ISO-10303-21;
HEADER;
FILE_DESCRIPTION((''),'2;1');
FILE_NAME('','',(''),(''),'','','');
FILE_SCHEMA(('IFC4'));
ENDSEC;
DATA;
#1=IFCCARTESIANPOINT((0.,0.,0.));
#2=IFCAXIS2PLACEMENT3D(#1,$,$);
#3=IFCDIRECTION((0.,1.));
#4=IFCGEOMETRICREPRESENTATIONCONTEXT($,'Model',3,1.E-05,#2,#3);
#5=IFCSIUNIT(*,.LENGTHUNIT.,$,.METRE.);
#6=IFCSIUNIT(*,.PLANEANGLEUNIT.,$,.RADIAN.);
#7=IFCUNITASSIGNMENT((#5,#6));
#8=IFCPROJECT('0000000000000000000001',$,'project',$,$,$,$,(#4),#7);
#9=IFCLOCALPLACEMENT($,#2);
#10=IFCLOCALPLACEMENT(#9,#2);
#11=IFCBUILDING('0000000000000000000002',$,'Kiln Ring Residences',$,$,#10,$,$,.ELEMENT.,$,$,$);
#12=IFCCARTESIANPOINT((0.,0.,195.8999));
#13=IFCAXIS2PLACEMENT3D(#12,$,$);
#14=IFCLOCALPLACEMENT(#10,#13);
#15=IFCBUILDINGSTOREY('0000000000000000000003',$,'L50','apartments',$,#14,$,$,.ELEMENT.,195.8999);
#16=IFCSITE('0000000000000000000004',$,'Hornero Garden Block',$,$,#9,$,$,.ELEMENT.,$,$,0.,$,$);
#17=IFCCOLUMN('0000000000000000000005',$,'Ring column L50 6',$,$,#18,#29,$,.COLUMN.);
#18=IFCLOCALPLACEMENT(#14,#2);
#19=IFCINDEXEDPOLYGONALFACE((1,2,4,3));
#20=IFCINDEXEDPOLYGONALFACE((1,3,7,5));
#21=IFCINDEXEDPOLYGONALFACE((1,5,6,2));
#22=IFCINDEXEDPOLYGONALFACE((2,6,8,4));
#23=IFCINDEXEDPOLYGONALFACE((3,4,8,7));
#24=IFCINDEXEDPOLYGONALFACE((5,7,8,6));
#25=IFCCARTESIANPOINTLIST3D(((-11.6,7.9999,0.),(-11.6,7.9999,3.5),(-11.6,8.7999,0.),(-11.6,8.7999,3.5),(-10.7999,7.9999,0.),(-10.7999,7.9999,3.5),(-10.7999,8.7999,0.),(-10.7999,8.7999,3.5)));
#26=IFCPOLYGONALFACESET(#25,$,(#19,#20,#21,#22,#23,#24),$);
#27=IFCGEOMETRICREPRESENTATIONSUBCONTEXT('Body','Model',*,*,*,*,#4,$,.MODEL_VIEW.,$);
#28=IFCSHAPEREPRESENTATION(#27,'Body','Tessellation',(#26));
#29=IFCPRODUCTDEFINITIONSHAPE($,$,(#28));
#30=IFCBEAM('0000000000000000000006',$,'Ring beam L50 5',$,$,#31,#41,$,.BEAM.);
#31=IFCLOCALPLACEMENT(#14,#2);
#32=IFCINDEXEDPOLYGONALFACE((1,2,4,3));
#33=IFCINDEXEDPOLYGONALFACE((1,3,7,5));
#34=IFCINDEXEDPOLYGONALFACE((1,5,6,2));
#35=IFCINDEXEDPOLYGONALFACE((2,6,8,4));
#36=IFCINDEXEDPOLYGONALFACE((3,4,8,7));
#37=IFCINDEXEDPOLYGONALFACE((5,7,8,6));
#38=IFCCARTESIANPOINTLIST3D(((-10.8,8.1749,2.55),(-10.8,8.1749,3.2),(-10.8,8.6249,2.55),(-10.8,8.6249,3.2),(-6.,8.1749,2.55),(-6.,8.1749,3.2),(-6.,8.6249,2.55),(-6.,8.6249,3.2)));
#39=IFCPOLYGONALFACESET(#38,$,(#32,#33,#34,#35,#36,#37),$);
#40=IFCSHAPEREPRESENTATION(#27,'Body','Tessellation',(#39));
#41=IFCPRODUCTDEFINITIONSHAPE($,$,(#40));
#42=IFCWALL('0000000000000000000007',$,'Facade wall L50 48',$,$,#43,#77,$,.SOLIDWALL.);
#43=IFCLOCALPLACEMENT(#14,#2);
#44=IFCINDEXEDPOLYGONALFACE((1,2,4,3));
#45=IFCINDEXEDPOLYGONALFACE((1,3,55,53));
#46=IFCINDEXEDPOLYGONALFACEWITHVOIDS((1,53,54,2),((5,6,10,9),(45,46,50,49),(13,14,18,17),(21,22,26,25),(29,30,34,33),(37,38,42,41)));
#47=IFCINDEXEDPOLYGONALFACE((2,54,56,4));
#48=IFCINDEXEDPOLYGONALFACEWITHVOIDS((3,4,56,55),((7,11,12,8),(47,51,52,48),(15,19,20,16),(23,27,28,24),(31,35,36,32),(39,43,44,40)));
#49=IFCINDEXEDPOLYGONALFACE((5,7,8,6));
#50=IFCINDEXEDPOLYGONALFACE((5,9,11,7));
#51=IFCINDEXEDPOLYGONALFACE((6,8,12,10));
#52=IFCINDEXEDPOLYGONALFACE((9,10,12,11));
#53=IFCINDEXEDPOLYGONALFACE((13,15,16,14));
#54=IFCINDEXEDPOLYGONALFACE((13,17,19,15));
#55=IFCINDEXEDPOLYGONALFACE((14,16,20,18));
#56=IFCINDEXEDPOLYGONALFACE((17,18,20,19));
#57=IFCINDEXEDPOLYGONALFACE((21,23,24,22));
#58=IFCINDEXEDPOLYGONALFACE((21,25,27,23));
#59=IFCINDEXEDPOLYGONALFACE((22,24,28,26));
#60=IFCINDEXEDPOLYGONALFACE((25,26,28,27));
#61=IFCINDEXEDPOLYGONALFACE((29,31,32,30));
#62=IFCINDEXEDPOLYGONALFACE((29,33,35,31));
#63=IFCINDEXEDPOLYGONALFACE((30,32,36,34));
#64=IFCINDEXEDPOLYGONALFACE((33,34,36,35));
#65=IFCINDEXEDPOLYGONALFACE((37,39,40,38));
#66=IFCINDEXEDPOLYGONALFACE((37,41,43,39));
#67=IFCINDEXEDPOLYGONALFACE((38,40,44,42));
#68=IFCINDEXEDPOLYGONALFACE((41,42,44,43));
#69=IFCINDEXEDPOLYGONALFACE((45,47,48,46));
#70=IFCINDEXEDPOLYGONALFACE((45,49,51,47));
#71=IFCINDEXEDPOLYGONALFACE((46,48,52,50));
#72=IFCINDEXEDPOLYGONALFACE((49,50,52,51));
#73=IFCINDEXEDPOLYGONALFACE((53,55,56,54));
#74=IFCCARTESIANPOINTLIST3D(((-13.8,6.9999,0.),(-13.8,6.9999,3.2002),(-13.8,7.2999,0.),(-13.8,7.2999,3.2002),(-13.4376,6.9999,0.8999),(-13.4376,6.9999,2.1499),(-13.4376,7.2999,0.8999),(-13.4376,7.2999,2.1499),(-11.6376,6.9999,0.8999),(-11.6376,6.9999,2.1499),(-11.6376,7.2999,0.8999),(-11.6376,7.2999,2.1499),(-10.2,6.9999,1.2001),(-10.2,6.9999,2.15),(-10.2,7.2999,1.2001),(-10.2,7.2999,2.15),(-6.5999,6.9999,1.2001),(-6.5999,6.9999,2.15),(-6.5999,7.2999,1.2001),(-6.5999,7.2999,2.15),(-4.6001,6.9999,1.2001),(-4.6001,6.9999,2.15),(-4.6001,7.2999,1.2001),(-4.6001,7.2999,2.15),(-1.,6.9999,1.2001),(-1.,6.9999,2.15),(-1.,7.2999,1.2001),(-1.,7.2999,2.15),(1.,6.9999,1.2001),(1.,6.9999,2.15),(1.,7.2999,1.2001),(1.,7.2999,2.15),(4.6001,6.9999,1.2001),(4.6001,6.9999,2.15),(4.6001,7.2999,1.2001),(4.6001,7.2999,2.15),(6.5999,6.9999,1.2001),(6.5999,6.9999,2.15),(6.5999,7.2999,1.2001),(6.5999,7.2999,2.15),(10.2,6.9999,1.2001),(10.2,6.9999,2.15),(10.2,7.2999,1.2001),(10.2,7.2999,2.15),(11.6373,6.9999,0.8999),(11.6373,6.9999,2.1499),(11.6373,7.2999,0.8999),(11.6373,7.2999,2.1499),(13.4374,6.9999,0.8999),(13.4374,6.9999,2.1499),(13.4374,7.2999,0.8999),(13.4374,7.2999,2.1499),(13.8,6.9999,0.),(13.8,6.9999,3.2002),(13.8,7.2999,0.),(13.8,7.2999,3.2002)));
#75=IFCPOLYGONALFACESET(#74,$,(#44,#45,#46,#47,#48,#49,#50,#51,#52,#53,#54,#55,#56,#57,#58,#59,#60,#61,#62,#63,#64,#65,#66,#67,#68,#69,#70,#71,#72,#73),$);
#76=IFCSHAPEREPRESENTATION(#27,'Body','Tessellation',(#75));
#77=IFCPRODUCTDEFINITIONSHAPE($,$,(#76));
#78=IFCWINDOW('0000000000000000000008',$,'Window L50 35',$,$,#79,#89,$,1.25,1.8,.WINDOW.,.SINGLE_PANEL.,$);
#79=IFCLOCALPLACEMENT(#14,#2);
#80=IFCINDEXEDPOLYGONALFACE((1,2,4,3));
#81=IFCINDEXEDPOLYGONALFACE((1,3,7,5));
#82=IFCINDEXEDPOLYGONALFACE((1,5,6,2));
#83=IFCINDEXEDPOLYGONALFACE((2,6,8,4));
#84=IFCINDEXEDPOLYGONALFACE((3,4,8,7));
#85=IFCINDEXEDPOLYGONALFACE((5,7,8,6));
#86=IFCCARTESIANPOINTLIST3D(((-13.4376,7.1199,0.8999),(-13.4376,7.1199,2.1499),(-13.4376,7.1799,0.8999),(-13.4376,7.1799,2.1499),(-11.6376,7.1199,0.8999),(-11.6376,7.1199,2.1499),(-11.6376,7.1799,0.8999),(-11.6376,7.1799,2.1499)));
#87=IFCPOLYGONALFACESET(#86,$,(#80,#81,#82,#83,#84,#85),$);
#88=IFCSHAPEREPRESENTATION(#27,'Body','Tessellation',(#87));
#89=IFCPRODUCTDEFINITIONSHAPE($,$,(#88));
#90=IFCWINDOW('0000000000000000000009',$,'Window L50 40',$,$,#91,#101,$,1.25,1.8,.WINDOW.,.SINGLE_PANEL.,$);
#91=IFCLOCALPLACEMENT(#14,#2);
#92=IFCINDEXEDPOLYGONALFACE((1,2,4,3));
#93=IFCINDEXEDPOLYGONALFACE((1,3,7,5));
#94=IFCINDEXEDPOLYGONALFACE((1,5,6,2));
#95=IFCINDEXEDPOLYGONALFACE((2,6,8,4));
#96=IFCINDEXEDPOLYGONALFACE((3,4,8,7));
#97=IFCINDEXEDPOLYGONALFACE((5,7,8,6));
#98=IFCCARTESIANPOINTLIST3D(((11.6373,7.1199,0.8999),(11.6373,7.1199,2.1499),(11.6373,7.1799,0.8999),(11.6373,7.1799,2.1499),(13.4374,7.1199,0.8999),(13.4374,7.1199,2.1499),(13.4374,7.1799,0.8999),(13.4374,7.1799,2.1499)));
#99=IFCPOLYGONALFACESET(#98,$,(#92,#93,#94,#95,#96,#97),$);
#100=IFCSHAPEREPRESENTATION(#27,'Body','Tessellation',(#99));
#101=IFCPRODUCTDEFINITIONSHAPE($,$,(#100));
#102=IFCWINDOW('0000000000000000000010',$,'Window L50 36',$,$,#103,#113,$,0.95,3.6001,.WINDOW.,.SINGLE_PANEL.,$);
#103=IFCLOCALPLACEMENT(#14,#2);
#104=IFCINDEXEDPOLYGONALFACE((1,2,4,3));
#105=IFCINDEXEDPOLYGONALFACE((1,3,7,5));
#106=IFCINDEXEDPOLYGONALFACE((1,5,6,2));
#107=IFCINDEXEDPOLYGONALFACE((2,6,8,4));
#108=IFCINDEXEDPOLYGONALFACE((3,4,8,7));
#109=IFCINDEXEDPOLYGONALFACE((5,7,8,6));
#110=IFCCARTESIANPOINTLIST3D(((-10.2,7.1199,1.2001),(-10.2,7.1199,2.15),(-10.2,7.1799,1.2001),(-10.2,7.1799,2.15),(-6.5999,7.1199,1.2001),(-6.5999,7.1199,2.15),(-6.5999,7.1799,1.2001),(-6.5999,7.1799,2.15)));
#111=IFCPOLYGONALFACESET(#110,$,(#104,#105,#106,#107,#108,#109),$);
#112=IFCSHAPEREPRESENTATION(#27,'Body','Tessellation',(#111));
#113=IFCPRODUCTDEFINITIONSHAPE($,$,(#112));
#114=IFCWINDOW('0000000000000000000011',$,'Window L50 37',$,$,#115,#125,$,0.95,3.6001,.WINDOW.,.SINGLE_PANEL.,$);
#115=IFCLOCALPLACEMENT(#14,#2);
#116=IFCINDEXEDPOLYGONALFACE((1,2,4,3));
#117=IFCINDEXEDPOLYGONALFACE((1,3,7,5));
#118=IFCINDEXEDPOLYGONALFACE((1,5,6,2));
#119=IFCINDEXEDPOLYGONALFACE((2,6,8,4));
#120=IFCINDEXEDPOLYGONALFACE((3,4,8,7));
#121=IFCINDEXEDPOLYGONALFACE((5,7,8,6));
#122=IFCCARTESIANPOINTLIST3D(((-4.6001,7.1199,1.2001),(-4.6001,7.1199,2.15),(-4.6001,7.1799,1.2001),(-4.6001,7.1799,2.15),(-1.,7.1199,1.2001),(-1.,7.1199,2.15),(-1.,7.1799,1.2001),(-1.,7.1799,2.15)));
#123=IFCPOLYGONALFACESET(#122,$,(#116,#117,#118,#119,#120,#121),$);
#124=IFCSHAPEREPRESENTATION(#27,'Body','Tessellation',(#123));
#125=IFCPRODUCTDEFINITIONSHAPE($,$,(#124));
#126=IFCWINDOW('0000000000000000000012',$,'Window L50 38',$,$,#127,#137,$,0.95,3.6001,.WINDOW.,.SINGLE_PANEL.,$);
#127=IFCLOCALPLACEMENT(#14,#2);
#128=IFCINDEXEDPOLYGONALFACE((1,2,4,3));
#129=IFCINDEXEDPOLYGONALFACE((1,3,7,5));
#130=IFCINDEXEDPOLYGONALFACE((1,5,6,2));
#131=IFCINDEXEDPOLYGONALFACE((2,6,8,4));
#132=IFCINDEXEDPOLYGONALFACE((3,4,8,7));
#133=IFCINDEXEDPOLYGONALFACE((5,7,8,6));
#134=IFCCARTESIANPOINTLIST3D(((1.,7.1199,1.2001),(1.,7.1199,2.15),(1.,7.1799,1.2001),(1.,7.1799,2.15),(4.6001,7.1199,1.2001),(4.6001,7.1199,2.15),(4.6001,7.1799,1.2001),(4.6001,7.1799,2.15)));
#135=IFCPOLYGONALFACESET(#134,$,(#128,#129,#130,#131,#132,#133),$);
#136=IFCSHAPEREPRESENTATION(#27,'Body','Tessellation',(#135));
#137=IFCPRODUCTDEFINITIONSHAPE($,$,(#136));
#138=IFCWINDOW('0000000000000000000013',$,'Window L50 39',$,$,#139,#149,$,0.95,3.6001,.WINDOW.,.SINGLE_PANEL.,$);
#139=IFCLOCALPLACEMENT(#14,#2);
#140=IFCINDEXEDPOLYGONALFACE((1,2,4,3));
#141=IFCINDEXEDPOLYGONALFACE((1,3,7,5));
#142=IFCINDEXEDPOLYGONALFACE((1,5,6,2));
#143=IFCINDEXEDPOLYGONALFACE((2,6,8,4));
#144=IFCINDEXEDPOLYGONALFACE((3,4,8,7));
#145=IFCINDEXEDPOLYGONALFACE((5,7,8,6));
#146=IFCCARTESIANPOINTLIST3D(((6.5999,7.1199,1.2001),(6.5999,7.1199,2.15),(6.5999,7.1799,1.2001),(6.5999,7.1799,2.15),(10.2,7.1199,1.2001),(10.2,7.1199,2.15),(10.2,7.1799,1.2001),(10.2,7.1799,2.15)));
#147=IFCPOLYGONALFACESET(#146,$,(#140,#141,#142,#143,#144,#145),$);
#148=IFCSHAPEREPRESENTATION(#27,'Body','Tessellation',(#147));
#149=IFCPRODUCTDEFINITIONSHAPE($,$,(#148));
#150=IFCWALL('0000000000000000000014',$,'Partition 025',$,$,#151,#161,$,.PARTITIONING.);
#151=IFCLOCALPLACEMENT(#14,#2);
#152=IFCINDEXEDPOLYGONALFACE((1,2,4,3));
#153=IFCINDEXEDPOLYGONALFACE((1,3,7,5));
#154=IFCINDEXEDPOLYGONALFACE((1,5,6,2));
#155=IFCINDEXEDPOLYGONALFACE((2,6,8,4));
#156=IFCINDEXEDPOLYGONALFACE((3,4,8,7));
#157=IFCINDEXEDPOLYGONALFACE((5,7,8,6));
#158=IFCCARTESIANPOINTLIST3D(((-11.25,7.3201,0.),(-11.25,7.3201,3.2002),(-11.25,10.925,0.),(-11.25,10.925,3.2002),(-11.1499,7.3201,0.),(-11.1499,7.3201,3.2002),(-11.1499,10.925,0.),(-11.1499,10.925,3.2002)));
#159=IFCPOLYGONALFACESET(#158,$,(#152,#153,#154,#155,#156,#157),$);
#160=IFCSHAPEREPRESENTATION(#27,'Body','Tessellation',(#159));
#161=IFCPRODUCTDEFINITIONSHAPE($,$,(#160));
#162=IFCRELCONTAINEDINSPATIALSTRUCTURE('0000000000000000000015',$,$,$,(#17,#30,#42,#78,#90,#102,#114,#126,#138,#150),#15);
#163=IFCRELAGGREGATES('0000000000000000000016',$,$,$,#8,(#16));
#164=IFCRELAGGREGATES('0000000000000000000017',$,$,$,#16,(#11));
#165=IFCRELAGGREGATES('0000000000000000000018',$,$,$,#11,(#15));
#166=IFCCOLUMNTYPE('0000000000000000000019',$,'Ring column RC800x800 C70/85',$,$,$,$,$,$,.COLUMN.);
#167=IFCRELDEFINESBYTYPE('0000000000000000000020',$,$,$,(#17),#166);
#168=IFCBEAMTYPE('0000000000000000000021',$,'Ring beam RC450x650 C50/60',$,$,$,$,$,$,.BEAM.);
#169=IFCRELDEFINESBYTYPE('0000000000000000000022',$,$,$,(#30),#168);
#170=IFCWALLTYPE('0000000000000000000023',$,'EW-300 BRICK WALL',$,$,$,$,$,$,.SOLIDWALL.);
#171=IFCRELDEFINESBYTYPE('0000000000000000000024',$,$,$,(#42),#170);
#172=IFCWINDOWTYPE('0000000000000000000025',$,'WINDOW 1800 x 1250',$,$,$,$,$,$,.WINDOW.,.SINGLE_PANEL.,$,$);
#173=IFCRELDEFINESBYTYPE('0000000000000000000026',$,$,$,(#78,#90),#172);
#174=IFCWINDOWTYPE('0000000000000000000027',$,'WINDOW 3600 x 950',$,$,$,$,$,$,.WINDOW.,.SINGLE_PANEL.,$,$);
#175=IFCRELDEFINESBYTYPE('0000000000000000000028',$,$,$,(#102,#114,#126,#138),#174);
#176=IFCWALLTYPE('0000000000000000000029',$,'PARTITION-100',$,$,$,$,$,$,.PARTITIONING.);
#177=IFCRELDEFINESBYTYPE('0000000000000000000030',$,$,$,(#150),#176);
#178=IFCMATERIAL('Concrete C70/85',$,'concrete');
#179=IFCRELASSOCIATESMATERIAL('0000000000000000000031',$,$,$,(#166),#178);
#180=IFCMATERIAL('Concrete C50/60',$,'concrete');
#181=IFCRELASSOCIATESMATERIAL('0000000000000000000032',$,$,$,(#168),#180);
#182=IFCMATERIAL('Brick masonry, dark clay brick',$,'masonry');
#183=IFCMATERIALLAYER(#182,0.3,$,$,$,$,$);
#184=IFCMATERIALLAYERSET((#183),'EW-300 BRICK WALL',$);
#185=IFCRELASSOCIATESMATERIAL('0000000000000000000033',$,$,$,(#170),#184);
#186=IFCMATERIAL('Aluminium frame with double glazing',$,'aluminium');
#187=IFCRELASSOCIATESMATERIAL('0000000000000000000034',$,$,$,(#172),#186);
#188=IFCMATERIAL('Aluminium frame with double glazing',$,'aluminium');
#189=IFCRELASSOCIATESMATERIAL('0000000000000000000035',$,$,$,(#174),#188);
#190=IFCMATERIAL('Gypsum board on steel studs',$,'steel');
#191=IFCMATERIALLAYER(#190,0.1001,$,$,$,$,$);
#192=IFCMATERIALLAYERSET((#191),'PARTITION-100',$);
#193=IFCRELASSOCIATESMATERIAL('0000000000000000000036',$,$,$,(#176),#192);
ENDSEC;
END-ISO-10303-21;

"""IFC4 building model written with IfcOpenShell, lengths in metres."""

from ifc_helpers import new_model, si_unit, direction, frame, frame_2d, origin, origin_2d, place, context, subcontext, project, spatial, rectangle, extrude, material, layer, layer_set, material_profile, profile_set, type_object, element, fill, save


model = new_model("IFC4")

# Units and contexts
model_context = context("Model", 3, precision=1e-05, world=origin(), true_north=direction((0.0, 1.0)))
body_context = subcontext(model_context, "Body", "Model", "MODEL_VIEW")
ifc_project = project(units=[si_unit("LENGTHUNIT", "METRE"), si_unit("PLANEANGLEUNIT", "RADIAN")], contexts=[model_context])

# Site, building, storey
site_placement = place(None, origin())
site = spatial("IfcSite", under=ifc_project, at=site_placement, Name="Hornero Garden Block", CompositionType="ELEMENT", RefElevation=0.0)
building_placement = place(site_placement, origin())
building = spatial("IfcBuilding", under=site, at=building_placement, Name="Kiln Ring Residences", CompositionType="ELEMENT")
storey_placement = place(building_placement, frame((0.0, 0.0, 195.8999)))
storey = spatial("IfcBuildingStorey", under=building, at=storey_placement, Name="L50", Description="apartments", CompositionType="ELEMENT", Elevation=195.8999)

# Column
ifc_material_1 = material(Name="Concrete C70/85", Category="concrete")
ifc_material_profile_1 = material_profile(ifc_material_1, rectangle(XDim=0.8, YDim=0.8, at=origin_2d()), Name="RC800x800")
ifc_profile_set_1 = profile_set([ifc_material_profile_1], Name="Concrete C70/85")
column_type = type_object("IfcColumnType", Name="Ring column RC800x800 C70/85", PredefinedType="COLUMN", material=ifc_profile_set_1)
column_placement = place(storey_placement, frame((-11.2, 8.3999, 0.0), z_axis=(0.0, 0.0, 1.0), x_axis=(1.0, 0.0, 0.0)))
element("IfcColumn", 1, at=column_placement, inside=storey, type_object=column_type, Name="Ring column L50 6", PredefinedType="COLUMN", context=body_context, shape_type="SweptSolid", body=[
    extrude(rectangle(XDim=0.8, YDim=0.8, at=origin_2d()), origin(), (0.0, 0.0, 1.0), 3.5),
])

# Beam
ifc_material_2 = material(Name="Concrete C50/60", Category="concrete")
ifc_material_profile_2 = material_profile(ifc_material_2, rectangle(XDim=0.45, YDim=0.6499, at=origin_2d()), Name="RC450x650")
ifc_profile_set_2 = profile_set([ifc_material_profile_2], Name="Concrete C50/60")
beam_type = type_object("IfcBeamType", Name="Ring beam RC450x650 C50/60", PredefinedType="BEAM", material=ifc_profile_set_2)
beam_placement = place(storey_placement, frame((-10.8, 8.3999, 2.875), z_axis=(1.0, 0.0, 0.0), x_axis=(0.0, 1.0, 0.0)))
element("IfcBeam", 2, at=beam_placement, inside=storey, type_object=beam_type, Name="Ring beam L50 5", PredefinedType="BEAM", context=body_context, shape_type="SweptSolid", body=[
    extrude(rectangle(XDim=0.45, YDim=0.6499, at=origin_2d()), origin(), (0.0, 0.0, 1.0), 4.8),
])

# Wall, openings, windows
ifc_material_3 = material(Name="Brick masonry, dark clay brick", Category="masonry")
ifc_layer_1 = layer(ifc_material_3, 0.3)
ifc_layer_set_1 = layer_set([ifc_layer_1], Name="EW-300 BRICK WALL")
wall_type_1 = type_object("IfcWallType", Name="EW-300 BRICK WALL", PredefinedType="SOLIDWALL", material=ifc_layer_set_1)
wall_1_placement = place(storey_placement, frame((-13.8, 7.1499, 0.0), z_axis=(0.0, 0.0, 1.0), x_axis=(1.0, 0.0, 0.0)))
wall_1 = element("IfcWall", 3, at=wall_1_placement, inside=storey, type_object=wall_type_1, Name="Facade wall L50 48", PredefinedType="SOLIDWALL", context=body_context, shape_type="SweptSolid", body=[
    extrude(rectangle(XDim=27.6001, YDim=0.3, at=frame_2d((13.8, 0.0))), origin(), (0.0, 0.0, 1.0), 3.2002),
])
opening_1_placement = place(wall_1_placement, frame((0.3625, 0.0, 0.8999)))
opening_1 = element("IfcOpeningElement", 4, at=opening_1_placement, cuts=wall_1, PredefinedType="OPENING", context=body_context, shape_type="SweptSolid", body=[
    extrude(rectangle(XDim=1.8, YDim=1.25, at=frame_2d((0.8999, 0.625))), frame((0.0, 0.1599, 0.0), z_axis=(0.0, -1.0, 0.0), x_axis=(1.0, 0.0, 0.0)), (0.0, 0.0, 1.0), 0.3201),
])
opening_2_placement = place(wall_1_placement, frame((3.6001, 0.0, 1.2)))
opening_2 = element("IfcOpeningElement", 5, at=opening_2_placement, cuts=wall_1, PredefinedType="OPENING", context=body_context, shape_type="SweptSolid", body=[
    extrude(rectangle(XDim=3.6001, YDim=0.95, at=frame_2d((1.8, 0.4751))), frame((0.0, 0.1599, 0.0), z_axis=(0.0, -1.0, 0.0), x_axis=(1.0, 0.0, 0.0)), (0.0, 0.0, 1.0), 0.3201),
])
opening_3_placement = place(wall_1_placement, frame((9.2, 0.0, 1.2)))
opening_3 = element("IfcOpeningElement", 6, at=opening_3_placement, cuts=wall_1, PredefinedType="OPENING", context=body_context, shape_type="SweptSolid", body=[
    extrude(rectangle(XDim=3.6001, YDim=0.95, at=frame_2d((1.8, 0.4751))), frame((0.0, 0.1599, 0.0), z_axis=(0.0, -1.0, 0.0), x_axis=(1.0, 0.0, 0.0)), (0.0, 0.0, 1.0), 0.3201),
])
opening_4_placement = place(wall_1_placement, frame((14.8, 0.0, 1.2)))
opening_4 = element("IfcOpeningElement", 7, at=opening_4_placement, cuts=wall_1, PredefinedType="OPENING", context=body_context, shape_type="SweptSolid", body=[
    extrude(rectangle(XDim=3.6001, YDim=0.95, at=frame_2d((1.8, 0.4751))), frame((0.0, 0.1599, 0.0), z_axis=(0.0, -1.0, 0.0), x_axis=(1.0, 0.0, 0.0)), (0.0, 0.0, 1.0), 0.3201),
])
opening_5_placement = place(wall_1_placement, frame((20.3999, 0.0, 1.2)))
opening_5 = element("IfcOpeningElement", 8, at=opening_5_placement, cuts=wall_1, PredefinedType="OPENING", context=body_context, shape_type="SweptSolid", body=[
    extrude(rectangle(XDim=3.6001, YDim=0.95, at=frame_2d((1.8, 0.4751))), frame((0.0, 0.1599, 0.0), z_axis=(0.0, -1.0, 0.0), x_axis=(1.0, 0.0, 0.0)), (0.0, 0.0, 1.0), 0.3201),
])
opening_6_placement = place(wall_1_placement, frame((25.4375, 0.0, 0.8999)))
opening_6 = element("IfcOpeningElement", 9, at=opening_6_placement, cuts=wall_1, PredefinedType="OPENING", context=body_context, shape_type="SweptSolid", body=[
    extrude(rectangle(XDim=1.8, YDim=1.25, at=frame_2d((0.8999, 0.625))), frame((0.0, 0.1599, 0.0), z_axis=(0.0, -1.0, 0.0), x_axis=(1.0, 0.0, 0.0)), (0.0, 0.0, 1.0), 0.3201),
])
ifc_material_4 = material(Name="Aluminium frame with double glazing", Category="aluminium")
window_type_1 = type_object("IfcWindowType", Name="WINDOW 1800 x 1250", PartitioningType="SINGLE_PANEL", PredefinedType="WINDOW", material=ifc_material_4)
window_1_placement = place(opening_1_placement, origin())
window_1 = element("IfcWindow", 10, at=window_1_placement, inside=storey, type_object=window_type_1, Name="Window L50 35", OverallHeight=1.25, OverallWidth=1.8, PartitioningType="SINGLE_PANEL", PredefinedType="WINDOW", context=body_context, shape_type="SweptSolid", body=[
    extrude(rectangle(XDim=1.8, YDim=1.25, at=frame_2d((0.8999, 0.625))), frame((0.0, 0.03, 0.0), z_axis=(0.0, -1.0, 0.0), x_axis=(1.0, 0.0, 0.0)), (0.0, 0.0, 1.0), 0.0601),
])
fill(opening_1, window_1)
window_2_placement = place(opening_6_placement, origin())
window_2 = element("IfcWindow", 11, at=window_2_placement, inside=storey, type_object=window_type_1, Name="Window L50 40", OverallHeight=1.25, OverallWidth=1.8, PartitioningType="SINGLE_PANEL", PredefinedType="WINDOW", context=body_context, shape_type="SweptSolid", body=[
    extrude(rectangle(XDim=1.8, YDim=1.25, at=frame_2d((0.8999, 0.625))), frame((0.0, 0.03, 0.0), z_axis=(0.0, -1.0, 0.0), x_axis=(1.0, 0.0, 0.0)), (0.0, 0.0, 1.0), 0.0601),
])
fill(opening_6, window_2)
ifc_material_5 = material(Name="Aluminium frame with double glazing", Category="aluminium")
window_type_2 = type_object("IfcWindowType", Name="WINDOW 3600 x 950", PartitioningType="SINGLE_PANEL", PredefinedType="WINDOW", material=ifc_material_5)
window_3_placement = place(opening_2_placement, origin())
window_3 = element("IfcWindow", 12, at=window_3_placement, inside=storey, type_object=window_type_2, Name="Window L50 36", OverallHeight=0.95, OverallWidth=3.6001, PartitioningType="SINGLE_PANEL", PredefinedType="WINDOW", context=body_context, shape_type="SweptSolid", body=[
    extrude(rectangle(XDim=3.6001, YDim=0.95, at=frame_2d((1.8, 0.4751))), frame((0.0, 0.03, 0.0), z_axis=(0.0, -1.0, 0.0), x_axis=(1.0, 0.0, 0.0)), (0.0, 0.0, 1.0), 0.0601),
])
fill(opening_2, window_3)
window_4_placement = place(opening_3_placement, origin())
window_4 = element("IfcWindow", 13, at=window_4_placement, inside=storey, type_object=window_type_2, Name="Window L50 37", OverallHeight=0.95, OverallWidth=3.6001, PartitioningType="SINGLE_PANEL", PredefinedType="WINDOW", context=body_context, shape_type="SweptSolid", body=[
    extrude(rectangle(XDim=3.6001, YDim=0.95, at=frame_2d((1.8, 0.4751))), frame((0.0, 0.03, 0.0), z_axis=(0.0, -1.0, 0.0), x_axis=(1.0, 0.0, 0.0)), (0.0, 0.0, 1.0), 0.0601),
])
fill(opening_3, window_4)
window_5_placement = place(opening_4_placement, origin())
window_5 = element("IfcWindow", 14, at=window_5_placement, inside=storey, type_object=window_type_2, Name="Window L50 38", OverallHeight=0.95, OverallWidth=3.6001, PartitioningType="SINGLE_PANEL", PredefinedType="WINDOW", context=body_context, shape_type="SweptSolid", body=[
    extrude(rectangle(XDim=3.6001, YDim=0.95, at=frame_2d((1.8, 0.4751))), frame((0.0, 0.03, 0.0), z_axis=(0.0, -1.0, 0.0), x_axis=(1.0, 0.0, 0.0)), (0.0, 0.0, 1.0), 0.0601),
])
fill(opening_4, window_5)
window_6_placement = place(opening_5_placement, origin())
window_6 = element("IfcWindow", 15, at=window_6_placement, inside=storey, type_object=window_type_2, Name="Window L50 39", OverallHeight=0.95, OverallWidth=3.6001, PartitioningType="SINGLE_PANEL", PredefinedType="WINDOW", context=body_context, shape_type="SweptSolid", body=[
    extrude(rectangle(XDim=3.6001, YDim=0.95, at=frame_2d((1.8, 0.4751))), frame((0.0, 0.03, 0.0), z_axis=(0.0, -1.0, 0.0), x_axis=(1.0, 0.0, 0.0)), (0.0, 0.0, 1.0), 0.0601),
])
fill(opening_5, window_6)

# Wall
ifc_material_6 = material(Name="Gypsum board on steel studs", Category="steel")
ifc_layer_2 = layer(ifc_material_6, 0.1001)
ifc_layer_set_2 = layer_set([ifc_layer_2], Name="PARTITION-100")
wall_type_2 = type_object("IfcWallType", Name="PARTITION-100", PredefinedType="PARTITIONING", material=ifc_layer_set_2)
wall_2_placement = place(storey_placement, frame((-11.2, 7.3201, 0.0), z_axis=(0.0, 0.0, 1.0), x_axis=(0.0, 1.0, 0.0)))
element("IfcWall", 16, at=wall_2_placement, inside=storey, type_object=wall_type_2, Name="Partition 025", PredefinedType="PARTITIONING", context=body_context, shape_type="SweptSolid", body=[
    extrude(rectangle(XDim=3.605, YDim=0.1001, at=frame_2d((1.8025, 0.0))), origin(), (0.0, 0.0, 1.0), 3.2002),
])

save(model, "model.ifc")
